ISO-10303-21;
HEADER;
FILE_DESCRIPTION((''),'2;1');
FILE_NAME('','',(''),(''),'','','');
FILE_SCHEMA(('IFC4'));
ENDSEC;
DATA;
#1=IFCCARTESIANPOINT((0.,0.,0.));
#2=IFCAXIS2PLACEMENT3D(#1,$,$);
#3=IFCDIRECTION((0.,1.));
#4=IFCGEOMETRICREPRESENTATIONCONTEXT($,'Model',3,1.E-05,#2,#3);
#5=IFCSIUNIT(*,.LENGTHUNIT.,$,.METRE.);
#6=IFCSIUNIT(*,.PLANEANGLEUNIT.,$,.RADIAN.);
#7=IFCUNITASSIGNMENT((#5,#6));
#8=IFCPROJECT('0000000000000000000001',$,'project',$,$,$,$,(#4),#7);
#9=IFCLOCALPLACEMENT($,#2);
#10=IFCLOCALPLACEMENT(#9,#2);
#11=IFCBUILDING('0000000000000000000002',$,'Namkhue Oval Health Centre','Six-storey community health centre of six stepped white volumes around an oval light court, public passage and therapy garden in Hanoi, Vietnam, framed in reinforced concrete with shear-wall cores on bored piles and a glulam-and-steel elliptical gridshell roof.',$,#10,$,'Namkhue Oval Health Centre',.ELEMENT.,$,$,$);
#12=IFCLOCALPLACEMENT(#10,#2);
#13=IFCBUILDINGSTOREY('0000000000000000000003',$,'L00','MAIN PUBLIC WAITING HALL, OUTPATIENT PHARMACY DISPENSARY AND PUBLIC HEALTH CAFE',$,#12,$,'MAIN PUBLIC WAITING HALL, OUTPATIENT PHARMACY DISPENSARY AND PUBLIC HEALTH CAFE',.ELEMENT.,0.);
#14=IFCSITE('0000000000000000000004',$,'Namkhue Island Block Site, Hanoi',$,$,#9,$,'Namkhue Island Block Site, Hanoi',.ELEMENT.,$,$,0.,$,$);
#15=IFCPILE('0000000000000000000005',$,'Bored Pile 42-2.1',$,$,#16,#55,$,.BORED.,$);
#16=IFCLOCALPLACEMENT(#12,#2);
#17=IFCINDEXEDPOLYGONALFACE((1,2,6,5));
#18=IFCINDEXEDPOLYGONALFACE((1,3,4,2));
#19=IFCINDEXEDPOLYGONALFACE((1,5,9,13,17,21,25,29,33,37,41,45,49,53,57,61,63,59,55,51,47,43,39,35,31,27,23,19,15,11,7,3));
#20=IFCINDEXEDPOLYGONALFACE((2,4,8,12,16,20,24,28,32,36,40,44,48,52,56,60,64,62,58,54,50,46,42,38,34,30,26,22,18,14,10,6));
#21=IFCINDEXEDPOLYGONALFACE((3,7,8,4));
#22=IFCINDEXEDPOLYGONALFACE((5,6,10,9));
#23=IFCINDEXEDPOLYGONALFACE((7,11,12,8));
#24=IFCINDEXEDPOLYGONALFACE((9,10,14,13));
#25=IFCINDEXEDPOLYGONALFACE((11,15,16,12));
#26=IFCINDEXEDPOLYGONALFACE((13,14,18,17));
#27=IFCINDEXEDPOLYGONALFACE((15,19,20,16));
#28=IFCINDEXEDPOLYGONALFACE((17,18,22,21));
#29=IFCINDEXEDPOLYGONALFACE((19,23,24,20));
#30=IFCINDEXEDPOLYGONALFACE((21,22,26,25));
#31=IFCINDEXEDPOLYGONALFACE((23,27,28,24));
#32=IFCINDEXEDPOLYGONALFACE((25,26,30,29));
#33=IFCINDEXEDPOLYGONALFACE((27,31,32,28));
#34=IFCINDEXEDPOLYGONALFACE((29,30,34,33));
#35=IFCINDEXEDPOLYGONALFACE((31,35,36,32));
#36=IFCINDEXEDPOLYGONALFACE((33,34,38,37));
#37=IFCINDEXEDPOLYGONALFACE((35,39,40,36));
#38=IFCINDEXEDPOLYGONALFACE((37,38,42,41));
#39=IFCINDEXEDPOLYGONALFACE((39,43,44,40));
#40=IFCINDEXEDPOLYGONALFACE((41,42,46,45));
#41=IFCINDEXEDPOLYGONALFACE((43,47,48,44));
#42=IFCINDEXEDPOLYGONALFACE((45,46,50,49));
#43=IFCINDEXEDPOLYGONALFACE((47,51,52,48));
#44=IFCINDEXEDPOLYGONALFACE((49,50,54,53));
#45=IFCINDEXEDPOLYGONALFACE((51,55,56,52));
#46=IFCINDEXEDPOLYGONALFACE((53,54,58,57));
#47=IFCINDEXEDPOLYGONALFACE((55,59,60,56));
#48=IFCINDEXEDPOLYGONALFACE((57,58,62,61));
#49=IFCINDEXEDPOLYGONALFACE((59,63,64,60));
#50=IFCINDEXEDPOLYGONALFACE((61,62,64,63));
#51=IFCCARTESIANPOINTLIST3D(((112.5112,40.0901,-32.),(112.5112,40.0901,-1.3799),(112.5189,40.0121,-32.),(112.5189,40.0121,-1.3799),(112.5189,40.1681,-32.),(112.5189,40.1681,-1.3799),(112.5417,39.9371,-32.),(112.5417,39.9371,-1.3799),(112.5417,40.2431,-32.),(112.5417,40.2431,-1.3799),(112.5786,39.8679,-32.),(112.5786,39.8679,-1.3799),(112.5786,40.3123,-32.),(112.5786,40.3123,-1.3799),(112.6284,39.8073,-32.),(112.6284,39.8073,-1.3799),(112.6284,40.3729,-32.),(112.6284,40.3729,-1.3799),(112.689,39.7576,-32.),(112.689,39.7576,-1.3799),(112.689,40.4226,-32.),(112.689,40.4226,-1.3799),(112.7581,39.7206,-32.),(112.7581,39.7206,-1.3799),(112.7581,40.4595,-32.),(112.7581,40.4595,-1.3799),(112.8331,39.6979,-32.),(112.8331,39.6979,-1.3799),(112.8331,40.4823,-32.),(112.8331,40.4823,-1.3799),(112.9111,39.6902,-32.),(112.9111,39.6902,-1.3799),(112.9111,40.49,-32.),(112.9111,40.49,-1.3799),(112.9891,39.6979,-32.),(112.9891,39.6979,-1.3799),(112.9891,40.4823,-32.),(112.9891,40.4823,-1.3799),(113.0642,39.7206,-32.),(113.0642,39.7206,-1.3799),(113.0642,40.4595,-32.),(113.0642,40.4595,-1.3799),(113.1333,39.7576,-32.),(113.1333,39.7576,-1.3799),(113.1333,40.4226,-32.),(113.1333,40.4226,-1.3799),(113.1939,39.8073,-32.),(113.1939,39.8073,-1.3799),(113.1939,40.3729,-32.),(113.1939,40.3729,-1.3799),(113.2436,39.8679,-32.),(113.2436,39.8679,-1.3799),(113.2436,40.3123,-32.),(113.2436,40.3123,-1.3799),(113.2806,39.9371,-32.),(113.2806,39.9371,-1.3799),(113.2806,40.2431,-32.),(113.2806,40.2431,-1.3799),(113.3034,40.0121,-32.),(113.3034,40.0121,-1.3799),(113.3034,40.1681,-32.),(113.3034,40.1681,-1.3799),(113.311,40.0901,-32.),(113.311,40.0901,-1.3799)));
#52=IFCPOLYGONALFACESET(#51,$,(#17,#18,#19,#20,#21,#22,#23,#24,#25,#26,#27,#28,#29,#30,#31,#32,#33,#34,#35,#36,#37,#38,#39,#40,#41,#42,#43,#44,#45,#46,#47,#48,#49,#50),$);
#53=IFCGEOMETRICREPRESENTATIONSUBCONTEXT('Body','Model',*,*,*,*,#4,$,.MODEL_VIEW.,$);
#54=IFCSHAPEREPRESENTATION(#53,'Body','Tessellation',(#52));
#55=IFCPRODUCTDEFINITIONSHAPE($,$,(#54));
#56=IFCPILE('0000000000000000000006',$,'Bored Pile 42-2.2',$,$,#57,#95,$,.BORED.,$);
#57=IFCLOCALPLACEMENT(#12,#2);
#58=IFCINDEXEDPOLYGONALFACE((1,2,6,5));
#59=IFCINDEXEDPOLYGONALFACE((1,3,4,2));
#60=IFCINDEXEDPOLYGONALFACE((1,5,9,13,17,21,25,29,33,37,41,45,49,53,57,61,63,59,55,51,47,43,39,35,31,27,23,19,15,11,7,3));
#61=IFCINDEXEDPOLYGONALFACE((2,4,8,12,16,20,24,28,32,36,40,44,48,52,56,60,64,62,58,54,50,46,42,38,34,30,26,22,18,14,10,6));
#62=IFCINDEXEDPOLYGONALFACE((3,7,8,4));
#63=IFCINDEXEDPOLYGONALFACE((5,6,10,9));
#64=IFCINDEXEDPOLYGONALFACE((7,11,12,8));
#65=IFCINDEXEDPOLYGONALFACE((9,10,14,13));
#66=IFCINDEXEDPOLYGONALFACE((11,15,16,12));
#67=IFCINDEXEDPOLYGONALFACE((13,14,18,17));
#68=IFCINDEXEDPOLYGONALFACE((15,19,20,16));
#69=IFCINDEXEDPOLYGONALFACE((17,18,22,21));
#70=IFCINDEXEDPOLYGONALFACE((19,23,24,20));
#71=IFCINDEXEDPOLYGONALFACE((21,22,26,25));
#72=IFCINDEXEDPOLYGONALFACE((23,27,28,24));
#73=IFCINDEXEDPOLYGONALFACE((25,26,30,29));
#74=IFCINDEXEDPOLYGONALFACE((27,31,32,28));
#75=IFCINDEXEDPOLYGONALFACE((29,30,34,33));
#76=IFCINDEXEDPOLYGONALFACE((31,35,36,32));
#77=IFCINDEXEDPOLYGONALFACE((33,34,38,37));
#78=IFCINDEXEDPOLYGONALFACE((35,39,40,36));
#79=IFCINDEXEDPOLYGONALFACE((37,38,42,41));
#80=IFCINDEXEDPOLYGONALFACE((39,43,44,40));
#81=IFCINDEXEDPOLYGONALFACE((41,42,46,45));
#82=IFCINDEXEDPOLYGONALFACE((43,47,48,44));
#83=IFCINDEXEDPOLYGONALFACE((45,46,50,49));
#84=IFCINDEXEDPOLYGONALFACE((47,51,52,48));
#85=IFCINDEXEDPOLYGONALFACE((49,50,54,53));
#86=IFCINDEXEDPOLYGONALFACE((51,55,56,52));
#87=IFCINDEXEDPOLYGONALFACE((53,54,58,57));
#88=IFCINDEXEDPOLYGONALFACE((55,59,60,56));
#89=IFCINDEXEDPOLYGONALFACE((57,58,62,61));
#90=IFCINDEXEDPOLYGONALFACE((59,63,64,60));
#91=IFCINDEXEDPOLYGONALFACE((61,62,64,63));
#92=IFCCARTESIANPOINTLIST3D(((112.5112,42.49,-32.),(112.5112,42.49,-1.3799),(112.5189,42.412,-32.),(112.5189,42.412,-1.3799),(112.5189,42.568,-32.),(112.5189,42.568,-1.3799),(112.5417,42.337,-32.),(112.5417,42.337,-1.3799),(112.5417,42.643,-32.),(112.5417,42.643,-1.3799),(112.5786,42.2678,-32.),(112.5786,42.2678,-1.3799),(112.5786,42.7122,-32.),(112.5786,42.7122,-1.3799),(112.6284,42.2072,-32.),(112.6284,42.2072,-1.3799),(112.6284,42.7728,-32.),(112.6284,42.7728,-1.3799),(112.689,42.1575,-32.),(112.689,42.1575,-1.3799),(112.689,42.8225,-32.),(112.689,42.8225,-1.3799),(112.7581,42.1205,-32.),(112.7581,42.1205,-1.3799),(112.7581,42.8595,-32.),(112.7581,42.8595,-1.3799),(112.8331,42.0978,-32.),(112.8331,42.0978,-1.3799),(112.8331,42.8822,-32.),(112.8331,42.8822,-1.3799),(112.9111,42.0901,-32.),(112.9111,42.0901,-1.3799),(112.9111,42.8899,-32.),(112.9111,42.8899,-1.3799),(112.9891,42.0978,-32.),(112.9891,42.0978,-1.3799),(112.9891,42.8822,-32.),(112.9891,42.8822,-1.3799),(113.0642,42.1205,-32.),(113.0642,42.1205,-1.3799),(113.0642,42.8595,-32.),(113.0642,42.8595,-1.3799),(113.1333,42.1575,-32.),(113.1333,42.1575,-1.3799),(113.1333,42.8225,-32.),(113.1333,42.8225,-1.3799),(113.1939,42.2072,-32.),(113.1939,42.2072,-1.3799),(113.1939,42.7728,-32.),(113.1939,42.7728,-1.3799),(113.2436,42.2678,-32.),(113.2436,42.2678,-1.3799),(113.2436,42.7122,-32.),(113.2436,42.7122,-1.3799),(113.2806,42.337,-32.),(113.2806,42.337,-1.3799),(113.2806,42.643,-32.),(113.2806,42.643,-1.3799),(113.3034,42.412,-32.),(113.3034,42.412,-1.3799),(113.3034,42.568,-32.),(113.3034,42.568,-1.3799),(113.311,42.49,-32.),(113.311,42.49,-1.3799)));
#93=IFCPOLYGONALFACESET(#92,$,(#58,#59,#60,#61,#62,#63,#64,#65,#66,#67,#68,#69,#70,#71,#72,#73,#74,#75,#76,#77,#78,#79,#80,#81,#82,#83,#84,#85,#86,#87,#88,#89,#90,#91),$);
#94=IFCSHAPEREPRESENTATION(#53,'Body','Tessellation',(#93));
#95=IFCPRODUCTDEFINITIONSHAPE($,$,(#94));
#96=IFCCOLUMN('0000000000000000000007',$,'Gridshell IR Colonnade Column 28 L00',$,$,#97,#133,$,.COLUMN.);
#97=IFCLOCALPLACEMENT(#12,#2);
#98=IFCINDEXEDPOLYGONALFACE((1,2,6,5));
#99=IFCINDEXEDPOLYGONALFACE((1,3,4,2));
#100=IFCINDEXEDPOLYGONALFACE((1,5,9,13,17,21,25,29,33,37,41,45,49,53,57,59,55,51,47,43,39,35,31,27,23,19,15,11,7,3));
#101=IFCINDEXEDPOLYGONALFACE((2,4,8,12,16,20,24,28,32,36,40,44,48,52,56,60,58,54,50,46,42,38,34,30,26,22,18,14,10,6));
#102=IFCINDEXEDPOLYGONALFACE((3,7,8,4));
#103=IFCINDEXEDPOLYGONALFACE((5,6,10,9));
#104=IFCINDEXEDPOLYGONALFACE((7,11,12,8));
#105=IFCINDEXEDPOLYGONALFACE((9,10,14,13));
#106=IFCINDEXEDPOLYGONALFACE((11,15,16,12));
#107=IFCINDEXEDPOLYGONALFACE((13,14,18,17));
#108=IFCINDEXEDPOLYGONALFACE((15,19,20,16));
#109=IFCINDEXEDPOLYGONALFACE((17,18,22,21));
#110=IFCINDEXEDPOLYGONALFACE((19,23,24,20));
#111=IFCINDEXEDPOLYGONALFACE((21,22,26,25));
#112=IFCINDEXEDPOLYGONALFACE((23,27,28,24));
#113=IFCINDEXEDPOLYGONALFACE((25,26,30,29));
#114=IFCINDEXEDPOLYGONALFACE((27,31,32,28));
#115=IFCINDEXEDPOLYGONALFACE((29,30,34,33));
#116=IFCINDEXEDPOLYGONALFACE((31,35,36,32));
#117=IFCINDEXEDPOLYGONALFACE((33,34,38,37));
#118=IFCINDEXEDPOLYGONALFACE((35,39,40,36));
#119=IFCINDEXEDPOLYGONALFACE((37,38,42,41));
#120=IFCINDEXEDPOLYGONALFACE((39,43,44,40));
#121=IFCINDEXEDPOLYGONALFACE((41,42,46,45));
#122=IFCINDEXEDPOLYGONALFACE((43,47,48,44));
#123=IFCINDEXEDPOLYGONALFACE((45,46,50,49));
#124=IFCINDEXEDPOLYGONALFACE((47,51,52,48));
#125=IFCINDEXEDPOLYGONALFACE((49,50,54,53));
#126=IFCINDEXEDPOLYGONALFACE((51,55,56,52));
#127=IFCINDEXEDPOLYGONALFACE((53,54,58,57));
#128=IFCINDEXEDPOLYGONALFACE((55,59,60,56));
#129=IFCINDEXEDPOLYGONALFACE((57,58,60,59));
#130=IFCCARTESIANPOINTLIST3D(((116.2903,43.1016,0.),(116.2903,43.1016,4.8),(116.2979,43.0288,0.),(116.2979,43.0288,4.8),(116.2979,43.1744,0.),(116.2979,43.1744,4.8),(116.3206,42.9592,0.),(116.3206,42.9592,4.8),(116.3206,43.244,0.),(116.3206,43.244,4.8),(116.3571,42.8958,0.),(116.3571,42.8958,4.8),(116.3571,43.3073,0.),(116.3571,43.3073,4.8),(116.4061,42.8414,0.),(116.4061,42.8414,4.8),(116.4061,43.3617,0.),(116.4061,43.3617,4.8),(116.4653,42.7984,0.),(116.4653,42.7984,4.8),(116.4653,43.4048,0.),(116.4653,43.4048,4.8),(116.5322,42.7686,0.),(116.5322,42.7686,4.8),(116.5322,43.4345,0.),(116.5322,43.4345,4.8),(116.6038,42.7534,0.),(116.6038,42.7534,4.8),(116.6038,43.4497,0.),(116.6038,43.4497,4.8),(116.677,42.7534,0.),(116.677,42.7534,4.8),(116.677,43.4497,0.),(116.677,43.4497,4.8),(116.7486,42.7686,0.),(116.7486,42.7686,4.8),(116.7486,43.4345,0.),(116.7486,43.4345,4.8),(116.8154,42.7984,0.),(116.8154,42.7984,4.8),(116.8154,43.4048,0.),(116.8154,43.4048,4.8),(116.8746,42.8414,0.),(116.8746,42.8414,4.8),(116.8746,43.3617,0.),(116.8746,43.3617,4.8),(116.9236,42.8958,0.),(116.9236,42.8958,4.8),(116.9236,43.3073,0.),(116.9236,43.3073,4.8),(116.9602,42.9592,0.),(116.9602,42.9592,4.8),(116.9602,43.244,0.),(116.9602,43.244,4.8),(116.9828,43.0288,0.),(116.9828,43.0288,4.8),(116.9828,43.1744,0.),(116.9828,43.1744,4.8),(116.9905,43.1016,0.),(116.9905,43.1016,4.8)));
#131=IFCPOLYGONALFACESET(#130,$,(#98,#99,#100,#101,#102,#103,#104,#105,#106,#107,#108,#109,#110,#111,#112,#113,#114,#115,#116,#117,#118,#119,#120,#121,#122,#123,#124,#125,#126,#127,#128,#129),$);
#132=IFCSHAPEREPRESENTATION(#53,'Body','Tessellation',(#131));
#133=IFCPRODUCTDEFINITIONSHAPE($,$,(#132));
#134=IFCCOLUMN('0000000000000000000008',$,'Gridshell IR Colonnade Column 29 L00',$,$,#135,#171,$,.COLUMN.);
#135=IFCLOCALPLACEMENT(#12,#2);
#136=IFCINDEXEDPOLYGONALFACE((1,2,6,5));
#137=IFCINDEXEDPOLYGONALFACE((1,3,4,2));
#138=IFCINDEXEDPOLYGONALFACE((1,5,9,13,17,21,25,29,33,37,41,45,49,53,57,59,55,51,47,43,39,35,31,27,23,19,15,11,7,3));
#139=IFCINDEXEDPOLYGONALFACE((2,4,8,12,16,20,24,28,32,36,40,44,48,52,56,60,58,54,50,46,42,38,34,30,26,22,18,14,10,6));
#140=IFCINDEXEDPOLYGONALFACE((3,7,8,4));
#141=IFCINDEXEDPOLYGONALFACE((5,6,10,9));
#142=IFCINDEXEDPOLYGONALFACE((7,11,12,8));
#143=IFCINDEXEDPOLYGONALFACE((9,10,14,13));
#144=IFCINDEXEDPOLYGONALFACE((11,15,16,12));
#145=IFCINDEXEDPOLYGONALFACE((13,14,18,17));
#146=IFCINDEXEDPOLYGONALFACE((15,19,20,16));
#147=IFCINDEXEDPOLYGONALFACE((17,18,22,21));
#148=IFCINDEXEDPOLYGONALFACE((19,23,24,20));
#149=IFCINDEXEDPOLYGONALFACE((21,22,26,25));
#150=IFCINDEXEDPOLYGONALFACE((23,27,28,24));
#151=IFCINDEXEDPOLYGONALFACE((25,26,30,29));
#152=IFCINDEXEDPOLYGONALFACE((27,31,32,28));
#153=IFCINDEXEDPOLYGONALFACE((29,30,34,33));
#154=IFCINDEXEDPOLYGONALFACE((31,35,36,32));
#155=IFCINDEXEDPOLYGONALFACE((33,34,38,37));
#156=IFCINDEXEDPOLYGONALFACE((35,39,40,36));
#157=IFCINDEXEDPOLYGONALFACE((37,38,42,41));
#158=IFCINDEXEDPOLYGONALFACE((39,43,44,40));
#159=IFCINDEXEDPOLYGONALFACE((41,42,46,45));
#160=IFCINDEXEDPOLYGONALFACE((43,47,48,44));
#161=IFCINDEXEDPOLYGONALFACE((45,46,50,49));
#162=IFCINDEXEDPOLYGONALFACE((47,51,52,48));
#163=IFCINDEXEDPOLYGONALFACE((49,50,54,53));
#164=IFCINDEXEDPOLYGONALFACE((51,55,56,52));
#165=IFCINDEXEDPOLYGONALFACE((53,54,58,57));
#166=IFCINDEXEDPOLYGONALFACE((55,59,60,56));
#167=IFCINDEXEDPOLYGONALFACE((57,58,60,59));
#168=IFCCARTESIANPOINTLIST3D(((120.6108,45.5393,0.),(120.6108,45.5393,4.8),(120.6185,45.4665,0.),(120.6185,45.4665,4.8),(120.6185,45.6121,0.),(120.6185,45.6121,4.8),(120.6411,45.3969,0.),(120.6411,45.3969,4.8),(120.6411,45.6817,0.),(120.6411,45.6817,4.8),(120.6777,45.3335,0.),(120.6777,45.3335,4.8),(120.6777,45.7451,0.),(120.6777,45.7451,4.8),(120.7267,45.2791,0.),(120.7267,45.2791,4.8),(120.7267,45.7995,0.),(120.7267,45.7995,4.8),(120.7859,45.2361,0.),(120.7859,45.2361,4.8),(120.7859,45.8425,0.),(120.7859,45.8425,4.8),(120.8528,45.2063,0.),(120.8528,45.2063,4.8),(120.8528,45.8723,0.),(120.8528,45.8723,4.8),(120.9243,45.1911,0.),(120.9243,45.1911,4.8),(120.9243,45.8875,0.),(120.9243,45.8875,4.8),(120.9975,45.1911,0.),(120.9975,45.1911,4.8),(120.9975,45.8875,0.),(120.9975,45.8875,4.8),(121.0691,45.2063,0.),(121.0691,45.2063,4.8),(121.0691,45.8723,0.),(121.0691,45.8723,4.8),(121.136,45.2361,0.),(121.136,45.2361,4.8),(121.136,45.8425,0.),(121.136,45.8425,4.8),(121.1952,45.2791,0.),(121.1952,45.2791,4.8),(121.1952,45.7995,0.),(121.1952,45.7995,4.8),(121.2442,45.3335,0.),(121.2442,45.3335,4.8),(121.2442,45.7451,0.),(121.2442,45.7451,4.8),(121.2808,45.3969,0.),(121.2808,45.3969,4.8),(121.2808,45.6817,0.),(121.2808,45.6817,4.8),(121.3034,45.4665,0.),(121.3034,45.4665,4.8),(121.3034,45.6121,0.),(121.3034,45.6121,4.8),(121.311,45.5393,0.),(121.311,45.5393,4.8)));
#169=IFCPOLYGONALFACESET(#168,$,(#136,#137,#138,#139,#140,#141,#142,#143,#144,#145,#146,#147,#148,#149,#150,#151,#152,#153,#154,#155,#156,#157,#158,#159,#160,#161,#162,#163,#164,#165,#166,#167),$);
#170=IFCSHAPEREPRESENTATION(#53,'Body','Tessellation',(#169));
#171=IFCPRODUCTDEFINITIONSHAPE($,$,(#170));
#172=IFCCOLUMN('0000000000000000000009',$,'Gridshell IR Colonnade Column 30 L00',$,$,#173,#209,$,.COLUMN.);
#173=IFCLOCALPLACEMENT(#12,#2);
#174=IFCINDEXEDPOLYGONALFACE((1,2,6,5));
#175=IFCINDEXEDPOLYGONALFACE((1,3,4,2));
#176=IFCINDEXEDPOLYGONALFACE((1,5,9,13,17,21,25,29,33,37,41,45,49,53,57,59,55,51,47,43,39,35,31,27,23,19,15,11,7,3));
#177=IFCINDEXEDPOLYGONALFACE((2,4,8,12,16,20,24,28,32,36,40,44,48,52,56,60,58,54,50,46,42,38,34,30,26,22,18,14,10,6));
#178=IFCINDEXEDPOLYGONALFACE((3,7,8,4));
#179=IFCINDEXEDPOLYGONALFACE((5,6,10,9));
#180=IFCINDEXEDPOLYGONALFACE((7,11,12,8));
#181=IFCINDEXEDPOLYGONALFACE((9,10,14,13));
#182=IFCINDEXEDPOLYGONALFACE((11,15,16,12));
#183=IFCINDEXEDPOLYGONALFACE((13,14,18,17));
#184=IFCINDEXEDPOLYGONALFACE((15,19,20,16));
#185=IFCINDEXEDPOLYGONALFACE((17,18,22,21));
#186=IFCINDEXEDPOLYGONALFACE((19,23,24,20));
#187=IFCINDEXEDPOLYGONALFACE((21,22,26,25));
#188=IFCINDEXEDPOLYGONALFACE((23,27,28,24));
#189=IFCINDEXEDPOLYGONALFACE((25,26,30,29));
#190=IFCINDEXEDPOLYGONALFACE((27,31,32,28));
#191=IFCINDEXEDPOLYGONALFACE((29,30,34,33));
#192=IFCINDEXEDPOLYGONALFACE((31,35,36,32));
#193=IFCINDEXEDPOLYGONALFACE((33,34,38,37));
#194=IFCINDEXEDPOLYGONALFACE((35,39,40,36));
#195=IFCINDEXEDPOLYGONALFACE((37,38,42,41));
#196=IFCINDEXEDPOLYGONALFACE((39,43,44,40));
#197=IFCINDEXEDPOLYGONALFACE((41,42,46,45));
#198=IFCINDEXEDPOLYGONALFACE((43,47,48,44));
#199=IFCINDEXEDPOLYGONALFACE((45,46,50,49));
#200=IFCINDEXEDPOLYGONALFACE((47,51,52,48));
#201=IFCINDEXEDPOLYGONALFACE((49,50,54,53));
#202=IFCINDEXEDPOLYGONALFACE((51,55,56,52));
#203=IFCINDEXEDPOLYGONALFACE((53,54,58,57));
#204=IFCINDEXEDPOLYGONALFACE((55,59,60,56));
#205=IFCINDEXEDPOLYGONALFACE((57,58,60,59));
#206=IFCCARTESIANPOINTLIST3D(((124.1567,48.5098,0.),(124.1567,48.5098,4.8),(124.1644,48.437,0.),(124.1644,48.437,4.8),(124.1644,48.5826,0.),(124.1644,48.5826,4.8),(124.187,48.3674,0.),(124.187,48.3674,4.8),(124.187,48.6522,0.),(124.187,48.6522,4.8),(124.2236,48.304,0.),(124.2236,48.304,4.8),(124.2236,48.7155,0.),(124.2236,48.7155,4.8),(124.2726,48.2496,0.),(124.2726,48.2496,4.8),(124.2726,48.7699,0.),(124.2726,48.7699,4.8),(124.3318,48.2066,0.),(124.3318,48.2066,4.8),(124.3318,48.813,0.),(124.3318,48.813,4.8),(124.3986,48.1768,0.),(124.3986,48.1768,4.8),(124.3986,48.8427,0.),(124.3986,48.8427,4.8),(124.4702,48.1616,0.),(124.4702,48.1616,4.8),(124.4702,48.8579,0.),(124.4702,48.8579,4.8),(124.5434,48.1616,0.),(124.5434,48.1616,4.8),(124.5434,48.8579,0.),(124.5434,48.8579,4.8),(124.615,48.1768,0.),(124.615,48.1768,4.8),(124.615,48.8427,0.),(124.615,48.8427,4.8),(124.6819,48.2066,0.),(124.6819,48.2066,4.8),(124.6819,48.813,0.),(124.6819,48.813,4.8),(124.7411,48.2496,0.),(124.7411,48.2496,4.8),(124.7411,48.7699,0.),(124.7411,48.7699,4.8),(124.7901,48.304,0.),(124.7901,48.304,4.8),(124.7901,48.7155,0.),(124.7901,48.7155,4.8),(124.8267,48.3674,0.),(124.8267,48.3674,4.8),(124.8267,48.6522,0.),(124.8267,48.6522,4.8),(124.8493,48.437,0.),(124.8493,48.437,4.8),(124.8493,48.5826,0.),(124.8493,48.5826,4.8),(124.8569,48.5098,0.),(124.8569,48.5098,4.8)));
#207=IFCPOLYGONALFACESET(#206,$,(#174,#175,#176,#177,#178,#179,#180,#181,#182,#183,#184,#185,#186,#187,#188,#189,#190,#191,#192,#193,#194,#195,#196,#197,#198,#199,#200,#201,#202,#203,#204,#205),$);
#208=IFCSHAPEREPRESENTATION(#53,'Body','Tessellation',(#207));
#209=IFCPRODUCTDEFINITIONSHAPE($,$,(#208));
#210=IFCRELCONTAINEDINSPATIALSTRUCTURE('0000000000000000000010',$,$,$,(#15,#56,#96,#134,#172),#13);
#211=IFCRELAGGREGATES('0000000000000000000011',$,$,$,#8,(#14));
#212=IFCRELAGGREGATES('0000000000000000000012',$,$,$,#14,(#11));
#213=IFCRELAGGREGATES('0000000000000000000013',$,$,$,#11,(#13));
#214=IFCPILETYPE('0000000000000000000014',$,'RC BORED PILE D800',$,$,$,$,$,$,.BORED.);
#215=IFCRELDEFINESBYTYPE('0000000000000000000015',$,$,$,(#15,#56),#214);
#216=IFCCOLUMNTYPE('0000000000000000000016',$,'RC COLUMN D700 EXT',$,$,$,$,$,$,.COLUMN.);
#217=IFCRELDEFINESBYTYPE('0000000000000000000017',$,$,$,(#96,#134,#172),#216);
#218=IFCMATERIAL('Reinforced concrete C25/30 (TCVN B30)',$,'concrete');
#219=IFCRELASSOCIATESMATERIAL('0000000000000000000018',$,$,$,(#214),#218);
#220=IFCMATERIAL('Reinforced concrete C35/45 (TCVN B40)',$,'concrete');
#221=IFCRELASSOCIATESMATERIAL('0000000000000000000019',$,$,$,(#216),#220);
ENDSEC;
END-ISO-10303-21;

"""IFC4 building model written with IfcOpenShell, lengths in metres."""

from ifc_helpers import new_model, si_unit, direction, frame, origin, origin_2d, place, context, subcontext, project, spatial, circle, extrude, material, material_profile, profile_set, type_object, element, save


model = new_model("IFC4")

# Units and contexts
model_context = context("Model", 3, precision=1e-05, world=origin(), true_north=direction((0.0, 1.0)))
body_context = subcontext(model_context, "Body", "Model", "MODEL_VIEW")
ifc_project = project(units=[si_unit("LENGTHUNIT", "METRE"), si_unit("PLANEANGLEUNIT", "RADIAN")], contexts=[model_context])

# Site, building, storey
site_placement = place(None, origin())
site = spatial("IfcSite", under=ifc_project, at=site_placement, Name="Namkhue Island Block Site, Hanoi", LongName="Namkhue Island Block Site, Hanoi", CompositionType="ELEMENT", RefElevation=0.0)
building_placement = place(site_placement, origin())
building = spatial("IfcBuilding", under=site, at=building_placement, Name="Namkhue Oval Health Centre", Description="Six-storey community health centre of six stepped white volumes around an oval light court, public passage and therapy garden in Hanoi, Vietnam, framed in reinforced concrete with shear-wall cores on bored piles and a glulam-and-steel elliptical gridshell roof.", LongName="Namkhue Oval Health Centre", CompositionType="ELEMENT")
storey_placement = place(building_placement, origin())
storey = spatial("IfcBuildingStorey", under=building, at=storey_placement, Name="L00", Description="MAIN PUBLIC WAITING HALL, OUTPATIENT PHARMACY DISPENSARY AND PUBLIC HEALTH CAFE", LongName="MAIN PUBLIC WAITING HALL, OUTPATIENT PHARMACY DISPENSARY AND PUBLIC HEALTH CAFE", CompositionType="ELEMENT", Elevation=0.0)

# Piles
ifc_material_1 = material(Name="Reinforced concrete C25/30 (TCVN B30)", Category="concrete")
ifc_material_profile_1 = material_profile(ifc_material_1, circle(Radius=0.3999, at=origin_2d()), Name="BORED PILE D800")
ifc_profile_set_1 = profile_set([ifc_material_profile_1], Name="Reinforced concrete C25/30 (TCVN B30)")
pile_type_1 = type_object("IfcPileType", Name="RC BORED PILE D800", PredefinedType="BORED", material=ifc_profile_set_1)
for number, where, z_axis, x_axis, name in (
    (1, (112.9111, 40.0901, -1.3799), (0.0, 0.0, -1.0), (1.0, 0.0, 0.0), "Bored Pile 42-2.1"),
    (2, (112.9111, 42.49, -1.3799), (0.0, 0.0, -1.0), (1.0, 0.0, 0.0), "Bored Pile 42-2.2"),
):
    element("IfcPile", number, at=place(storey_placement, frame(where, z_axis=z_axis, x_axis=x_axis)), inside=storey, type_object=pile_type_1, Name=name, PredefinedType="BORED", context=body_context, shape_type="SweptSolid", body=[
        extrude(circle(Radius=0.3999, at=origin_2d()), origin(), (0.0, 0.0, 1.0), 30.6201),
    ])

# Columns
ifc_material_2 = material(Name="Reinforced concrete C35/45 (TCVN B40)", Category="concrete")
ifc_material_profile_2 = material_profile(ifc_material_2, circle(Radius=0.3501, at=origin_2d()), Name="RC D700")
ifc_profile_set_2 = profile_set([ifc_material_profile_2], Name="Reinforced concrete C35/45 (TCVN B40)")
column_type = type_object("IfcColumnType", Name="RC COLUMN D700 EXT", PredefinedType="COLUMN", material=ifc_profile_set_2)
for number, where, z_axis, x_axis, name in (
    (3, (116.6404, 43.1016, 0.0), (0.0, 0.0, 1.0), (1.0, 0.0, 0.0), "Gridshell IR Colonnade Column 28 L00"),
    (4, (120.9609, 45.5393, 0.0), (0.0, 0.0, 1.0), (1.0, 0.0, 0.0), "Gridshell IR Colonnade Column 29 L00"),
    (5, (124.5068, 48.5098, 0.0), (0.0, 0.0, 1.0), (1.0, 0.0, 0.0), "Gridshell IR Colonnade Column 30 L00"),
):
    element("IfcColumn", number, at=place(storey_placement, frame(where, z_axis=z_axis, x_axis=x_axis)), inside=storey, type_object=column_type, Name=name, PredefinedType="COLUMN", context=body_context, shape_type="SweptSolid", body=[
        extrude(circle(Radius=0.3501, at=origin_2d()), origin(), (0.0, 0.0, 1.0), 4.8),
    ])

save(model, "model.ifc")
